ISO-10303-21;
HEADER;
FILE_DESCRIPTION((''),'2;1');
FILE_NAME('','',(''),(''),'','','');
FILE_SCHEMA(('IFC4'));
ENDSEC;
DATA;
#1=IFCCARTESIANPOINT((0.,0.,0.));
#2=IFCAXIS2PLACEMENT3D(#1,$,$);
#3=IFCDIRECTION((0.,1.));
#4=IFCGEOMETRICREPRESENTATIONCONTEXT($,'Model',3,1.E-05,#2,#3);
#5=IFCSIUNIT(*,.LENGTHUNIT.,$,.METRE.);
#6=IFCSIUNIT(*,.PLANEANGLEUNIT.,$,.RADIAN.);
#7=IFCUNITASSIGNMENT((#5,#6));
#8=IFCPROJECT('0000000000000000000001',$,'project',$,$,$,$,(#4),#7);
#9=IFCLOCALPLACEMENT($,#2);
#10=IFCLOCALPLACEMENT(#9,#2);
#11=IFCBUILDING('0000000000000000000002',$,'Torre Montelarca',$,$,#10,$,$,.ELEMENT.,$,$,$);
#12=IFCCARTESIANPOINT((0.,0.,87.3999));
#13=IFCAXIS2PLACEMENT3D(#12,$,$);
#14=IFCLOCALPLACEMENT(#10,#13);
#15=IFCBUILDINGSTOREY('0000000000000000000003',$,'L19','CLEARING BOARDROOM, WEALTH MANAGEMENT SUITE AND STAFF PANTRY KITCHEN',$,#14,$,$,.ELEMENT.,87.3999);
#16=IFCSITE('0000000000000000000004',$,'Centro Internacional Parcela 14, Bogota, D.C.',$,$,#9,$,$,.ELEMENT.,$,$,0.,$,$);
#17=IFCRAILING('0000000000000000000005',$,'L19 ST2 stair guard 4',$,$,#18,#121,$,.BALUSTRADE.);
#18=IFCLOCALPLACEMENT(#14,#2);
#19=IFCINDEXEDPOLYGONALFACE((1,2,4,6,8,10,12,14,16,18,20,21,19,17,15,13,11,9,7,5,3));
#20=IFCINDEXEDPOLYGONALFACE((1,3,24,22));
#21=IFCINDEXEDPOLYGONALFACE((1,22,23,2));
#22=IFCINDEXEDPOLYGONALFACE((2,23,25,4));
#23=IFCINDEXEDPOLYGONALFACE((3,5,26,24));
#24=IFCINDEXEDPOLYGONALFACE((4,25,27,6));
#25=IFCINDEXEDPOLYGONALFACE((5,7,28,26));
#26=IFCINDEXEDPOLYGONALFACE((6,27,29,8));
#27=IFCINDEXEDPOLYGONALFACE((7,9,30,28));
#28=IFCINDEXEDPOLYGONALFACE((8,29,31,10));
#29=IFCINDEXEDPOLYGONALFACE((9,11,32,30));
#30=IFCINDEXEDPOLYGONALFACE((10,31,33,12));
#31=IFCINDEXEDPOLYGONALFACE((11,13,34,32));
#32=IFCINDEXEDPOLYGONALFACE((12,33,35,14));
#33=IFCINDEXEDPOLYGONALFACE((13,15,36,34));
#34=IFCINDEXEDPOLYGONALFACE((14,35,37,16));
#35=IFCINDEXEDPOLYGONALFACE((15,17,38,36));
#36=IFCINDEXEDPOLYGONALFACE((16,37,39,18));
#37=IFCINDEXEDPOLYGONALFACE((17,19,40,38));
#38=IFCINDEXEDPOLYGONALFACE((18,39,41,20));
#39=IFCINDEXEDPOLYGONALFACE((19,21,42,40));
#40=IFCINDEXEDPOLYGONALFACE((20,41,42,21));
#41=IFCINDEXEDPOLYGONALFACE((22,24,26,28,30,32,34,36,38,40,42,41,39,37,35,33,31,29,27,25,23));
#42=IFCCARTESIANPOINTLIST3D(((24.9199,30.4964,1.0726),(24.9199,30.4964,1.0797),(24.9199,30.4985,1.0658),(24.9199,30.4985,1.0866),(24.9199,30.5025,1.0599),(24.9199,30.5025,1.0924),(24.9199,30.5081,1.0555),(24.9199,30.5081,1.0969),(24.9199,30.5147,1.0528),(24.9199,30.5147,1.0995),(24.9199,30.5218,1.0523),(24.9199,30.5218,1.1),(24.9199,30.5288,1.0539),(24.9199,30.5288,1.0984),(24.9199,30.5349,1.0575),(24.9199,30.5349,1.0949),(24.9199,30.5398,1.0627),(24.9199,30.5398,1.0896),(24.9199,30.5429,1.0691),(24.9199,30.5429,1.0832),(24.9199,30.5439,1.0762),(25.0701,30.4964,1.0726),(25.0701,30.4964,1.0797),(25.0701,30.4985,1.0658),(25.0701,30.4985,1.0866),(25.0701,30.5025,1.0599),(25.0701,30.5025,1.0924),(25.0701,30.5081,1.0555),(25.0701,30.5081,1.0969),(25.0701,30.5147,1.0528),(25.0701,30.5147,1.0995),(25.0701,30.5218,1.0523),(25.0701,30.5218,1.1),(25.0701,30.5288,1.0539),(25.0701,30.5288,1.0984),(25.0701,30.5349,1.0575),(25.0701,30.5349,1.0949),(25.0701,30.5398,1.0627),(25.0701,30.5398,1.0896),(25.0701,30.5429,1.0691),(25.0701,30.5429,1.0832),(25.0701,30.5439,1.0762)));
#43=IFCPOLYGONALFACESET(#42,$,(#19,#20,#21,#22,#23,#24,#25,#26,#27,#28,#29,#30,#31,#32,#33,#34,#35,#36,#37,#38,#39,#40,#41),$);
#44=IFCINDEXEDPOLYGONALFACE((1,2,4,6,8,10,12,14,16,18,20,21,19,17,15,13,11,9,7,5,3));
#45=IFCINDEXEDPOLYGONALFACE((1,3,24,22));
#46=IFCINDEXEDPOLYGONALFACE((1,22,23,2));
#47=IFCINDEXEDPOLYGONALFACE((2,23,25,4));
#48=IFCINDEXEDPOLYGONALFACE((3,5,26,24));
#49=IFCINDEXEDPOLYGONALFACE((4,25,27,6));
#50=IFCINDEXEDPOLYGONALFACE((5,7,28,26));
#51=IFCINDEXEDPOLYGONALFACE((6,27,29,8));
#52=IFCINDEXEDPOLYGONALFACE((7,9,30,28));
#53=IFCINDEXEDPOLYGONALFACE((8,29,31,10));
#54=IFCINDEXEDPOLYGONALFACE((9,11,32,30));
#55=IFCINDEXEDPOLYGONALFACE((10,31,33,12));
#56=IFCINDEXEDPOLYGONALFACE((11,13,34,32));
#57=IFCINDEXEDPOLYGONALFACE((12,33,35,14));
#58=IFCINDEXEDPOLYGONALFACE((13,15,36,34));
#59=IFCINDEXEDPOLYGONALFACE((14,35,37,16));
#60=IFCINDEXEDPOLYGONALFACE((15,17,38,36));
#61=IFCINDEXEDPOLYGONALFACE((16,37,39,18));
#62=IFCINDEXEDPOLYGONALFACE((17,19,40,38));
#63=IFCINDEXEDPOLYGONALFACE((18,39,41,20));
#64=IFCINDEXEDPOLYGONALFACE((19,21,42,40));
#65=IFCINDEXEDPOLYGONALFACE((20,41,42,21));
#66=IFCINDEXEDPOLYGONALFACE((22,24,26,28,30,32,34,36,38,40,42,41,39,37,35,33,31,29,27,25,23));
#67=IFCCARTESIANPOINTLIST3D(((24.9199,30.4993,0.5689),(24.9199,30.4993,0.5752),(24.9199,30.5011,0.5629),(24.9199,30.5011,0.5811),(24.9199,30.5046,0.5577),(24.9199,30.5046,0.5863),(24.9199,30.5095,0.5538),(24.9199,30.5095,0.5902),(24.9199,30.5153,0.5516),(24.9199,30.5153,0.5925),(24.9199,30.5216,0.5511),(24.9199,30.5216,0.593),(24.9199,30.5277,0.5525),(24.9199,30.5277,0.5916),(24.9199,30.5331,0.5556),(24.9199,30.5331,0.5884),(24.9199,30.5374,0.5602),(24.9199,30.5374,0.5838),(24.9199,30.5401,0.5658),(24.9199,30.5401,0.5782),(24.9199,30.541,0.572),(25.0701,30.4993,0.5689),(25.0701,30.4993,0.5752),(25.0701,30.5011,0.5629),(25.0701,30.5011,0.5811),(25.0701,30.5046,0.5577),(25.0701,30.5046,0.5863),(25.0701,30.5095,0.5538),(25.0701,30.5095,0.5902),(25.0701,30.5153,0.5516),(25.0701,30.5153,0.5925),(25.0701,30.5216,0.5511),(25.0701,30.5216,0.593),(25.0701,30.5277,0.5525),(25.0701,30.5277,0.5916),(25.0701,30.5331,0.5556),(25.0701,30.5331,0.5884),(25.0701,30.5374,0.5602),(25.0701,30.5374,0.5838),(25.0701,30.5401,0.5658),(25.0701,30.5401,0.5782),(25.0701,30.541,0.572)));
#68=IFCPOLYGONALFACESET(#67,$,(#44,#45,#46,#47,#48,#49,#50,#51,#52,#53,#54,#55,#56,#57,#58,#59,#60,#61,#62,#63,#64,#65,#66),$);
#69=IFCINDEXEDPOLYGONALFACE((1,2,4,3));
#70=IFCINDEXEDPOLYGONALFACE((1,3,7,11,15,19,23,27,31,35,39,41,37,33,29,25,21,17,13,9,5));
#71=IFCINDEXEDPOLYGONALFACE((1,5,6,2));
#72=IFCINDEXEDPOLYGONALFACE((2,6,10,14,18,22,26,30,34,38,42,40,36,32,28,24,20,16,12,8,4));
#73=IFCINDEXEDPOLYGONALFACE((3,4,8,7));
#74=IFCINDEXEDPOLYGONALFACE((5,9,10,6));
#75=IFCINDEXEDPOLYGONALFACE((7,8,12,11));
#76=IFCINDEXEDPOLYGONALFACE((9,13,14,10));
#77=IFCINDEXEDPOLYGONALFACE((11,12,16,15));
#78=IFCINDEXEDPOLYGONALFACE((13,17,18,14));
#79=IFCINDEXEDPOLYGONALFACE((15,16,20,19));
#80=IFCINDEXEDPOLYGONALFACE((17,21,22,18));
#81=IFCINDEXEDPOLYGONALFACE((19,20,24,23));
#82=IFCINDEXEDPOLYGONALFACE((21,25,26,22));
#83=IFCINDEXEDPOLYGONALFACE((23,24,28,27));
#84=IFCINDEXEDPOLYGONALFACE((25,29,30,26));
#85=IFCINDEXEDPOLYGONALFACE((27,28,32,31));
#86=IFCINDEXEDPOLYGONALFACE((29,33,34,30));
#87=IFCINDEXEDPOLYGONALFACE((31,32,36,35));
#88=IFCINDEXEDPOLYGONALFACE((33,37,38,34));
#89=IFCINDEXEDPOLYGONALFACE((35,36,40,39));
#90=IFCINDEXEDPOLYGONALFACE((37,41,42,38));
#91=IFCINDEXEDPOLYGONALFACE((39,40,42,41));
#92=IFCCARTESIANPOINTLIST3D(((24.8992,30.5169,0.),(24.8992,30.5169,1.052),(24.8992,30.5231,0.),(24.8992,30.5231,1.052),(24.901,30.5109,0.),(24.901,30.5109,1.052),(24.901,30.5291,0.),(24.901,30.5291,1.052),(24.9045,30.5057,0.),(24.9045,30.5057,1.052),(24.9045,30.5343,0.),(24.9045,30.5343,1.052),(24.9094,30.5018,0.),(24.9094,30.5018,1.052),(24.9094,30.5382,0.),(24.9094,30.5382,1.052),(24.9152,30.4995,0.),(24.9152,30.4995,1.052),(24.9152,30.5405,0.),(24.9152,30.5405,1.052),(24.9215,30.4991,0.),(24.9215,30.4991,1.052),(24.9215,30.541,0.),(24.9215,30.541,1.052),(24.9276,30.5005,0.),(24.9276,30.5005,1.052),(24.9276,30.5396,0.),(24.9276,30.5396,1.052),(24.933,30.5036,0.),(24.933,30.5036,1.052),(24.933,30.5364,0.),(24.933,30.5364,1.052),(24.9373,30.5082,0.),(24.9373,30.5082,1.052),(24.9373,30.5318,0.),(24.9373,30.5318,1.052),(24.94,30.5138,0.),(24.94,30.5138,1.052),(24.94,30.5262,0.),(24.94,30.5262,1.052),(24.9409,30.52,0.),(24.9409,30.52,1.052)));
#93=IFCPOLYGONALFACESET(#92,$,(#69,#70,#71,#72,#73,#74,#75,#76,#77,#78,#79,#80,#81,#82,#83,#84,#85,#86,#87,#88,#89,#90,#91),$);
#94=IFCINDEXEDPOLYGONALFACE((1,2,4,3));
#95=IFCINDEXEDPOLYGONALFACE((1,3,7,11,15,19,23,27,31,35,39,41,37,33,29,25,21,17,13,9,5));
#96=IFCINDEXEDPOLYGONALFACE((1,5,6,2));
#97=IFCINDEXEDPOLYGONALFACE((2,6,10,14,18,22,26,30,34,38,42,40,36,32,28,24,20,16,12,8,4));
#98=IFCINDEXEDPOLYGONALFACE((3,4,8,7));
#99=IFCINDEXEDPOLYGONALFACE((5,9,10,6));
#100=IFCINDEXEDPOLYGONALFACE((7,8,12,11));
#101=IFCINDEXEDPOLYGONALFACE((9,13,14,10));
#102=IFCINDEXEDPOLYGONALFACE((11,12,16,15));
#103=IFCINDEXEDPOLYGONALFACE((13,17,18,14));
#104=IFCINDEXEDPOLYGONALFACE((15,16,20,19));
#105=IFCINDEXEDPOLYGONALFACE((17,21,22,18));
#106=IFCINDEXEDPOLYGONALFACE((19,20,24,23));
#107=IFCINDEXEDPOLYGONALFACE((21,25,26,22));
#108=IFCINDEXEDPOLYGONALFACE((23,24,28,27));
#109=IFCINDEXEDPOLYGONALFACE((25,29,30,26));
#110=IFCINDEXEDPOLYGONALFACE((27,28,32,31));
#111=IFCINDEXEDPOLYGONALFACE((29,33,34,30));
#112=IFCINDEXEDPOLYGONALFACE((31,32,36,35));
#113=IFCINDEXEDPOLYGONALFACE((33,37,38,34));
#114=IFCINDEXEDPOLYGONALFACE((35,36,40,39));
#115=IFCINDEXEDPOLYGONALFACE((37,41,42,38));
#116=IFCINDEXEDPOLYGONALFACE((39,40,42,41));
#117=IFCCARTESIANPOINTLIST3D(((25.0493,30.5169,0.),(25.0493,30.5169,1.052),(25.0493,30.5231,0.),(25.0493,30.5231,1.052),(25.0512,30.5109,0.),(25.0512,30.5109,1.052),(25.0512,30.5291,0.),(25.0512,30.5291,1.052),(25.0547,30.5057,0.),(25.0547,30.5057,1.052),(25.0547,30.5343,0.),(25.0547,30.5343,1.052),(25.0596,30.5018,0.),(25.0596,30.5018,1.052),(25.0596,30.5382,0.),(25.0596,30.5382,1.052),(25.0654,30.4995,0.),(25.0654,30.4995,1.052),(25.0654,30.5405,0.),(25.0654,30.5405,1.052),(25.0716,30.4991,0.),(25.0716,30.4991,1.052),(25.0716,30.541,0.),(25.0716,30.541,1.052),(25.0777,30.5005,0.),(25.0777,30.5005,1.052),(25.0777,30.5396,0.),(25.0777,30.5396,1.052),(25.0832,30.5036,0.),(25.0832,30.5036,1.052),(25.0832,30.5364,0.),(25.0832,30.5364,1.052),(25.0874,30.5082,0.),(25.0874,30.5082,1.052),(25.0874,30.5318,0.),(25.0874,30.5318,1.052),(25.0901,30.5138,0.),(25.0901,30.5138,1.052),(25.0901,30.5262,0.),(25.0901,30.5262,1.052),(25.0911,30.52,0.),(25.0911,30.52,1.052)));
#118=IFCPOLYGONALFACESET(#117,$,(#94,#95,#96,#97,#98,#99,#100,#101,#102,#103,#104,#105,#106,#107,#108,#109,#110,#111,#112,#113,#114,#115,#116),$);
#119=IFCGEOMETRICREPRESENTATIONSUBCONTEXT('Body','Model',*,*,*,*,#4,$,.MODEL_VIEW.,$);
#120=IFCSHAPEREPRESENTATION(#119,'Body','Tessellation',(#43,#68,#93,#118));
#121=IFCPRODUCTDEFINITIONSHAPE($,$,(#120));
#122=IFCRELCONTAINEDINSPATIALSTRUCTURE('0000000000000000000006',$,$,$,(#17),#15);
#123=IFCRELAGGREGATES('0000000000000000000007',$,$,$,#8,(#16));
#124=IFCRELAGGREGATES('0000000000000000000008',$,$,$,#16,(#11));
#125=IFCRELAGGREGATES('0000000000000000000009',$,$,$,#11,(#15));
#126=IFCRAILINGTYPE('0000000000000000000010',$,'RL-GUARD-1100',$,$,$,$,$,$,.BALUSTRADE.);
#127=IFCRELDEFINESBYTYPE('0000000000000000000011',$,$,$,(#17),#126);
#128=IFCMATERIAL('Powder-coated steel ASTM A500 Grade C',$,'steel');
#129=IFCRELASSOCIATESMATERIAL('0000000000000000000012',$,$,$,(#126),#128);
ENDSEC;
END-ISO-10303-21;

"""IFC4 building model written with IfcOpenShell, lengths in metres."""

from ifc_helpers import new_model, si_unit, direction, frame, origin, origin_2d, place, context, subcontext, project, spatial, circle, extrude, material, type_object, element, save


model = new_model("IFC4")

# Units and contexts
model_context = context("Model", 3, precision=1e-05, world=origin(), true_north=direction((0.0, 1.0)))
body_context = subcontext(model_context, "Body", "Model", "MODEL_VIEW")
ifc_project = project(units=[si_unit("LENGTHUNIT", "METRE"), si_unit("PLANEANGLEUNIT", "RADIAN")], contexts=[model_context])

# Site, building, storey
site_placement = place(None, origin())
site = spatial("IfcSite", under=ifc_project, at=site_placement, Name="Centro Internacional Parcela 14, Bogota, D.C.", CompositionType="ELEMENT", RefElevation=0.0)
building_placement = place(site_placement, origin())
building = spatial("IfcBuilding", under=site, at=building_placement, Name="Torre Montelarca", CompositionType="ELEMENT")
storey_placement = place(building_placement, frame((0.0, 0.0, 87.3999)))
storey = spatial("IfcBuildingStorey", under=building, at=storey_placement, Name="L19", Description="CLEARING BOARDROOM, WEALTH MANAGEMENT SUITE AND STAFF PANTRY KITCHEN", CompositionType="ELEMENT", Elevation=87.3999)

# Railing
ifc_material_1 = material(Name="Powder-coated steel ASTM A500 Grade C", Category="steel")
railing_type_1 = type_object("IfcRailingType", Name="RL-GUARD-1100", PredefinedType="BALUSTRADE", material=ifc_material_1)
railing_1_placement = place(storey_placement, frame((24.9199, 30.52, 0.0)))
element("IfcRailing", 1, at=railing_1_placement, inside=storey, type_object=railing_type_1, Name="L19 ST2 stair guard 4", PredefinedType="BALUSTRADE", context=body_context, shape_type="SweptSolid", body=[
    extrude(circle(Radius=0.0239, at=origin_2d()), frame((0.0, 0.0, 1.0762), z_axis=(1.0, 0.0, 0.0), x_axis=(0.0, 1.0, 0.0)), (0.0, 0.0, 1.0), 0.1501),
    extrude(circle(Radius=0.021, at=origin_2d()), frame((0.0, 0.0, 0.572), z_axis=(1.0, 0.0, 0.0), x_axis=(0.0, 1.0, 0.0)), (0.0, 0.0, 1.0), 0.1501),
    extrude(circle(Radius=0.021, at=origin_2d()), origin(), (0.0, 0.0, 1.0), 1.052),
    extrude(circle(Radius=0.021, at=origin_2d()), frame((0.1501, 0.0, 0.0)), (0.0, 0.0, 1.0), 1.052),
])

save(model, "model.ifc")
